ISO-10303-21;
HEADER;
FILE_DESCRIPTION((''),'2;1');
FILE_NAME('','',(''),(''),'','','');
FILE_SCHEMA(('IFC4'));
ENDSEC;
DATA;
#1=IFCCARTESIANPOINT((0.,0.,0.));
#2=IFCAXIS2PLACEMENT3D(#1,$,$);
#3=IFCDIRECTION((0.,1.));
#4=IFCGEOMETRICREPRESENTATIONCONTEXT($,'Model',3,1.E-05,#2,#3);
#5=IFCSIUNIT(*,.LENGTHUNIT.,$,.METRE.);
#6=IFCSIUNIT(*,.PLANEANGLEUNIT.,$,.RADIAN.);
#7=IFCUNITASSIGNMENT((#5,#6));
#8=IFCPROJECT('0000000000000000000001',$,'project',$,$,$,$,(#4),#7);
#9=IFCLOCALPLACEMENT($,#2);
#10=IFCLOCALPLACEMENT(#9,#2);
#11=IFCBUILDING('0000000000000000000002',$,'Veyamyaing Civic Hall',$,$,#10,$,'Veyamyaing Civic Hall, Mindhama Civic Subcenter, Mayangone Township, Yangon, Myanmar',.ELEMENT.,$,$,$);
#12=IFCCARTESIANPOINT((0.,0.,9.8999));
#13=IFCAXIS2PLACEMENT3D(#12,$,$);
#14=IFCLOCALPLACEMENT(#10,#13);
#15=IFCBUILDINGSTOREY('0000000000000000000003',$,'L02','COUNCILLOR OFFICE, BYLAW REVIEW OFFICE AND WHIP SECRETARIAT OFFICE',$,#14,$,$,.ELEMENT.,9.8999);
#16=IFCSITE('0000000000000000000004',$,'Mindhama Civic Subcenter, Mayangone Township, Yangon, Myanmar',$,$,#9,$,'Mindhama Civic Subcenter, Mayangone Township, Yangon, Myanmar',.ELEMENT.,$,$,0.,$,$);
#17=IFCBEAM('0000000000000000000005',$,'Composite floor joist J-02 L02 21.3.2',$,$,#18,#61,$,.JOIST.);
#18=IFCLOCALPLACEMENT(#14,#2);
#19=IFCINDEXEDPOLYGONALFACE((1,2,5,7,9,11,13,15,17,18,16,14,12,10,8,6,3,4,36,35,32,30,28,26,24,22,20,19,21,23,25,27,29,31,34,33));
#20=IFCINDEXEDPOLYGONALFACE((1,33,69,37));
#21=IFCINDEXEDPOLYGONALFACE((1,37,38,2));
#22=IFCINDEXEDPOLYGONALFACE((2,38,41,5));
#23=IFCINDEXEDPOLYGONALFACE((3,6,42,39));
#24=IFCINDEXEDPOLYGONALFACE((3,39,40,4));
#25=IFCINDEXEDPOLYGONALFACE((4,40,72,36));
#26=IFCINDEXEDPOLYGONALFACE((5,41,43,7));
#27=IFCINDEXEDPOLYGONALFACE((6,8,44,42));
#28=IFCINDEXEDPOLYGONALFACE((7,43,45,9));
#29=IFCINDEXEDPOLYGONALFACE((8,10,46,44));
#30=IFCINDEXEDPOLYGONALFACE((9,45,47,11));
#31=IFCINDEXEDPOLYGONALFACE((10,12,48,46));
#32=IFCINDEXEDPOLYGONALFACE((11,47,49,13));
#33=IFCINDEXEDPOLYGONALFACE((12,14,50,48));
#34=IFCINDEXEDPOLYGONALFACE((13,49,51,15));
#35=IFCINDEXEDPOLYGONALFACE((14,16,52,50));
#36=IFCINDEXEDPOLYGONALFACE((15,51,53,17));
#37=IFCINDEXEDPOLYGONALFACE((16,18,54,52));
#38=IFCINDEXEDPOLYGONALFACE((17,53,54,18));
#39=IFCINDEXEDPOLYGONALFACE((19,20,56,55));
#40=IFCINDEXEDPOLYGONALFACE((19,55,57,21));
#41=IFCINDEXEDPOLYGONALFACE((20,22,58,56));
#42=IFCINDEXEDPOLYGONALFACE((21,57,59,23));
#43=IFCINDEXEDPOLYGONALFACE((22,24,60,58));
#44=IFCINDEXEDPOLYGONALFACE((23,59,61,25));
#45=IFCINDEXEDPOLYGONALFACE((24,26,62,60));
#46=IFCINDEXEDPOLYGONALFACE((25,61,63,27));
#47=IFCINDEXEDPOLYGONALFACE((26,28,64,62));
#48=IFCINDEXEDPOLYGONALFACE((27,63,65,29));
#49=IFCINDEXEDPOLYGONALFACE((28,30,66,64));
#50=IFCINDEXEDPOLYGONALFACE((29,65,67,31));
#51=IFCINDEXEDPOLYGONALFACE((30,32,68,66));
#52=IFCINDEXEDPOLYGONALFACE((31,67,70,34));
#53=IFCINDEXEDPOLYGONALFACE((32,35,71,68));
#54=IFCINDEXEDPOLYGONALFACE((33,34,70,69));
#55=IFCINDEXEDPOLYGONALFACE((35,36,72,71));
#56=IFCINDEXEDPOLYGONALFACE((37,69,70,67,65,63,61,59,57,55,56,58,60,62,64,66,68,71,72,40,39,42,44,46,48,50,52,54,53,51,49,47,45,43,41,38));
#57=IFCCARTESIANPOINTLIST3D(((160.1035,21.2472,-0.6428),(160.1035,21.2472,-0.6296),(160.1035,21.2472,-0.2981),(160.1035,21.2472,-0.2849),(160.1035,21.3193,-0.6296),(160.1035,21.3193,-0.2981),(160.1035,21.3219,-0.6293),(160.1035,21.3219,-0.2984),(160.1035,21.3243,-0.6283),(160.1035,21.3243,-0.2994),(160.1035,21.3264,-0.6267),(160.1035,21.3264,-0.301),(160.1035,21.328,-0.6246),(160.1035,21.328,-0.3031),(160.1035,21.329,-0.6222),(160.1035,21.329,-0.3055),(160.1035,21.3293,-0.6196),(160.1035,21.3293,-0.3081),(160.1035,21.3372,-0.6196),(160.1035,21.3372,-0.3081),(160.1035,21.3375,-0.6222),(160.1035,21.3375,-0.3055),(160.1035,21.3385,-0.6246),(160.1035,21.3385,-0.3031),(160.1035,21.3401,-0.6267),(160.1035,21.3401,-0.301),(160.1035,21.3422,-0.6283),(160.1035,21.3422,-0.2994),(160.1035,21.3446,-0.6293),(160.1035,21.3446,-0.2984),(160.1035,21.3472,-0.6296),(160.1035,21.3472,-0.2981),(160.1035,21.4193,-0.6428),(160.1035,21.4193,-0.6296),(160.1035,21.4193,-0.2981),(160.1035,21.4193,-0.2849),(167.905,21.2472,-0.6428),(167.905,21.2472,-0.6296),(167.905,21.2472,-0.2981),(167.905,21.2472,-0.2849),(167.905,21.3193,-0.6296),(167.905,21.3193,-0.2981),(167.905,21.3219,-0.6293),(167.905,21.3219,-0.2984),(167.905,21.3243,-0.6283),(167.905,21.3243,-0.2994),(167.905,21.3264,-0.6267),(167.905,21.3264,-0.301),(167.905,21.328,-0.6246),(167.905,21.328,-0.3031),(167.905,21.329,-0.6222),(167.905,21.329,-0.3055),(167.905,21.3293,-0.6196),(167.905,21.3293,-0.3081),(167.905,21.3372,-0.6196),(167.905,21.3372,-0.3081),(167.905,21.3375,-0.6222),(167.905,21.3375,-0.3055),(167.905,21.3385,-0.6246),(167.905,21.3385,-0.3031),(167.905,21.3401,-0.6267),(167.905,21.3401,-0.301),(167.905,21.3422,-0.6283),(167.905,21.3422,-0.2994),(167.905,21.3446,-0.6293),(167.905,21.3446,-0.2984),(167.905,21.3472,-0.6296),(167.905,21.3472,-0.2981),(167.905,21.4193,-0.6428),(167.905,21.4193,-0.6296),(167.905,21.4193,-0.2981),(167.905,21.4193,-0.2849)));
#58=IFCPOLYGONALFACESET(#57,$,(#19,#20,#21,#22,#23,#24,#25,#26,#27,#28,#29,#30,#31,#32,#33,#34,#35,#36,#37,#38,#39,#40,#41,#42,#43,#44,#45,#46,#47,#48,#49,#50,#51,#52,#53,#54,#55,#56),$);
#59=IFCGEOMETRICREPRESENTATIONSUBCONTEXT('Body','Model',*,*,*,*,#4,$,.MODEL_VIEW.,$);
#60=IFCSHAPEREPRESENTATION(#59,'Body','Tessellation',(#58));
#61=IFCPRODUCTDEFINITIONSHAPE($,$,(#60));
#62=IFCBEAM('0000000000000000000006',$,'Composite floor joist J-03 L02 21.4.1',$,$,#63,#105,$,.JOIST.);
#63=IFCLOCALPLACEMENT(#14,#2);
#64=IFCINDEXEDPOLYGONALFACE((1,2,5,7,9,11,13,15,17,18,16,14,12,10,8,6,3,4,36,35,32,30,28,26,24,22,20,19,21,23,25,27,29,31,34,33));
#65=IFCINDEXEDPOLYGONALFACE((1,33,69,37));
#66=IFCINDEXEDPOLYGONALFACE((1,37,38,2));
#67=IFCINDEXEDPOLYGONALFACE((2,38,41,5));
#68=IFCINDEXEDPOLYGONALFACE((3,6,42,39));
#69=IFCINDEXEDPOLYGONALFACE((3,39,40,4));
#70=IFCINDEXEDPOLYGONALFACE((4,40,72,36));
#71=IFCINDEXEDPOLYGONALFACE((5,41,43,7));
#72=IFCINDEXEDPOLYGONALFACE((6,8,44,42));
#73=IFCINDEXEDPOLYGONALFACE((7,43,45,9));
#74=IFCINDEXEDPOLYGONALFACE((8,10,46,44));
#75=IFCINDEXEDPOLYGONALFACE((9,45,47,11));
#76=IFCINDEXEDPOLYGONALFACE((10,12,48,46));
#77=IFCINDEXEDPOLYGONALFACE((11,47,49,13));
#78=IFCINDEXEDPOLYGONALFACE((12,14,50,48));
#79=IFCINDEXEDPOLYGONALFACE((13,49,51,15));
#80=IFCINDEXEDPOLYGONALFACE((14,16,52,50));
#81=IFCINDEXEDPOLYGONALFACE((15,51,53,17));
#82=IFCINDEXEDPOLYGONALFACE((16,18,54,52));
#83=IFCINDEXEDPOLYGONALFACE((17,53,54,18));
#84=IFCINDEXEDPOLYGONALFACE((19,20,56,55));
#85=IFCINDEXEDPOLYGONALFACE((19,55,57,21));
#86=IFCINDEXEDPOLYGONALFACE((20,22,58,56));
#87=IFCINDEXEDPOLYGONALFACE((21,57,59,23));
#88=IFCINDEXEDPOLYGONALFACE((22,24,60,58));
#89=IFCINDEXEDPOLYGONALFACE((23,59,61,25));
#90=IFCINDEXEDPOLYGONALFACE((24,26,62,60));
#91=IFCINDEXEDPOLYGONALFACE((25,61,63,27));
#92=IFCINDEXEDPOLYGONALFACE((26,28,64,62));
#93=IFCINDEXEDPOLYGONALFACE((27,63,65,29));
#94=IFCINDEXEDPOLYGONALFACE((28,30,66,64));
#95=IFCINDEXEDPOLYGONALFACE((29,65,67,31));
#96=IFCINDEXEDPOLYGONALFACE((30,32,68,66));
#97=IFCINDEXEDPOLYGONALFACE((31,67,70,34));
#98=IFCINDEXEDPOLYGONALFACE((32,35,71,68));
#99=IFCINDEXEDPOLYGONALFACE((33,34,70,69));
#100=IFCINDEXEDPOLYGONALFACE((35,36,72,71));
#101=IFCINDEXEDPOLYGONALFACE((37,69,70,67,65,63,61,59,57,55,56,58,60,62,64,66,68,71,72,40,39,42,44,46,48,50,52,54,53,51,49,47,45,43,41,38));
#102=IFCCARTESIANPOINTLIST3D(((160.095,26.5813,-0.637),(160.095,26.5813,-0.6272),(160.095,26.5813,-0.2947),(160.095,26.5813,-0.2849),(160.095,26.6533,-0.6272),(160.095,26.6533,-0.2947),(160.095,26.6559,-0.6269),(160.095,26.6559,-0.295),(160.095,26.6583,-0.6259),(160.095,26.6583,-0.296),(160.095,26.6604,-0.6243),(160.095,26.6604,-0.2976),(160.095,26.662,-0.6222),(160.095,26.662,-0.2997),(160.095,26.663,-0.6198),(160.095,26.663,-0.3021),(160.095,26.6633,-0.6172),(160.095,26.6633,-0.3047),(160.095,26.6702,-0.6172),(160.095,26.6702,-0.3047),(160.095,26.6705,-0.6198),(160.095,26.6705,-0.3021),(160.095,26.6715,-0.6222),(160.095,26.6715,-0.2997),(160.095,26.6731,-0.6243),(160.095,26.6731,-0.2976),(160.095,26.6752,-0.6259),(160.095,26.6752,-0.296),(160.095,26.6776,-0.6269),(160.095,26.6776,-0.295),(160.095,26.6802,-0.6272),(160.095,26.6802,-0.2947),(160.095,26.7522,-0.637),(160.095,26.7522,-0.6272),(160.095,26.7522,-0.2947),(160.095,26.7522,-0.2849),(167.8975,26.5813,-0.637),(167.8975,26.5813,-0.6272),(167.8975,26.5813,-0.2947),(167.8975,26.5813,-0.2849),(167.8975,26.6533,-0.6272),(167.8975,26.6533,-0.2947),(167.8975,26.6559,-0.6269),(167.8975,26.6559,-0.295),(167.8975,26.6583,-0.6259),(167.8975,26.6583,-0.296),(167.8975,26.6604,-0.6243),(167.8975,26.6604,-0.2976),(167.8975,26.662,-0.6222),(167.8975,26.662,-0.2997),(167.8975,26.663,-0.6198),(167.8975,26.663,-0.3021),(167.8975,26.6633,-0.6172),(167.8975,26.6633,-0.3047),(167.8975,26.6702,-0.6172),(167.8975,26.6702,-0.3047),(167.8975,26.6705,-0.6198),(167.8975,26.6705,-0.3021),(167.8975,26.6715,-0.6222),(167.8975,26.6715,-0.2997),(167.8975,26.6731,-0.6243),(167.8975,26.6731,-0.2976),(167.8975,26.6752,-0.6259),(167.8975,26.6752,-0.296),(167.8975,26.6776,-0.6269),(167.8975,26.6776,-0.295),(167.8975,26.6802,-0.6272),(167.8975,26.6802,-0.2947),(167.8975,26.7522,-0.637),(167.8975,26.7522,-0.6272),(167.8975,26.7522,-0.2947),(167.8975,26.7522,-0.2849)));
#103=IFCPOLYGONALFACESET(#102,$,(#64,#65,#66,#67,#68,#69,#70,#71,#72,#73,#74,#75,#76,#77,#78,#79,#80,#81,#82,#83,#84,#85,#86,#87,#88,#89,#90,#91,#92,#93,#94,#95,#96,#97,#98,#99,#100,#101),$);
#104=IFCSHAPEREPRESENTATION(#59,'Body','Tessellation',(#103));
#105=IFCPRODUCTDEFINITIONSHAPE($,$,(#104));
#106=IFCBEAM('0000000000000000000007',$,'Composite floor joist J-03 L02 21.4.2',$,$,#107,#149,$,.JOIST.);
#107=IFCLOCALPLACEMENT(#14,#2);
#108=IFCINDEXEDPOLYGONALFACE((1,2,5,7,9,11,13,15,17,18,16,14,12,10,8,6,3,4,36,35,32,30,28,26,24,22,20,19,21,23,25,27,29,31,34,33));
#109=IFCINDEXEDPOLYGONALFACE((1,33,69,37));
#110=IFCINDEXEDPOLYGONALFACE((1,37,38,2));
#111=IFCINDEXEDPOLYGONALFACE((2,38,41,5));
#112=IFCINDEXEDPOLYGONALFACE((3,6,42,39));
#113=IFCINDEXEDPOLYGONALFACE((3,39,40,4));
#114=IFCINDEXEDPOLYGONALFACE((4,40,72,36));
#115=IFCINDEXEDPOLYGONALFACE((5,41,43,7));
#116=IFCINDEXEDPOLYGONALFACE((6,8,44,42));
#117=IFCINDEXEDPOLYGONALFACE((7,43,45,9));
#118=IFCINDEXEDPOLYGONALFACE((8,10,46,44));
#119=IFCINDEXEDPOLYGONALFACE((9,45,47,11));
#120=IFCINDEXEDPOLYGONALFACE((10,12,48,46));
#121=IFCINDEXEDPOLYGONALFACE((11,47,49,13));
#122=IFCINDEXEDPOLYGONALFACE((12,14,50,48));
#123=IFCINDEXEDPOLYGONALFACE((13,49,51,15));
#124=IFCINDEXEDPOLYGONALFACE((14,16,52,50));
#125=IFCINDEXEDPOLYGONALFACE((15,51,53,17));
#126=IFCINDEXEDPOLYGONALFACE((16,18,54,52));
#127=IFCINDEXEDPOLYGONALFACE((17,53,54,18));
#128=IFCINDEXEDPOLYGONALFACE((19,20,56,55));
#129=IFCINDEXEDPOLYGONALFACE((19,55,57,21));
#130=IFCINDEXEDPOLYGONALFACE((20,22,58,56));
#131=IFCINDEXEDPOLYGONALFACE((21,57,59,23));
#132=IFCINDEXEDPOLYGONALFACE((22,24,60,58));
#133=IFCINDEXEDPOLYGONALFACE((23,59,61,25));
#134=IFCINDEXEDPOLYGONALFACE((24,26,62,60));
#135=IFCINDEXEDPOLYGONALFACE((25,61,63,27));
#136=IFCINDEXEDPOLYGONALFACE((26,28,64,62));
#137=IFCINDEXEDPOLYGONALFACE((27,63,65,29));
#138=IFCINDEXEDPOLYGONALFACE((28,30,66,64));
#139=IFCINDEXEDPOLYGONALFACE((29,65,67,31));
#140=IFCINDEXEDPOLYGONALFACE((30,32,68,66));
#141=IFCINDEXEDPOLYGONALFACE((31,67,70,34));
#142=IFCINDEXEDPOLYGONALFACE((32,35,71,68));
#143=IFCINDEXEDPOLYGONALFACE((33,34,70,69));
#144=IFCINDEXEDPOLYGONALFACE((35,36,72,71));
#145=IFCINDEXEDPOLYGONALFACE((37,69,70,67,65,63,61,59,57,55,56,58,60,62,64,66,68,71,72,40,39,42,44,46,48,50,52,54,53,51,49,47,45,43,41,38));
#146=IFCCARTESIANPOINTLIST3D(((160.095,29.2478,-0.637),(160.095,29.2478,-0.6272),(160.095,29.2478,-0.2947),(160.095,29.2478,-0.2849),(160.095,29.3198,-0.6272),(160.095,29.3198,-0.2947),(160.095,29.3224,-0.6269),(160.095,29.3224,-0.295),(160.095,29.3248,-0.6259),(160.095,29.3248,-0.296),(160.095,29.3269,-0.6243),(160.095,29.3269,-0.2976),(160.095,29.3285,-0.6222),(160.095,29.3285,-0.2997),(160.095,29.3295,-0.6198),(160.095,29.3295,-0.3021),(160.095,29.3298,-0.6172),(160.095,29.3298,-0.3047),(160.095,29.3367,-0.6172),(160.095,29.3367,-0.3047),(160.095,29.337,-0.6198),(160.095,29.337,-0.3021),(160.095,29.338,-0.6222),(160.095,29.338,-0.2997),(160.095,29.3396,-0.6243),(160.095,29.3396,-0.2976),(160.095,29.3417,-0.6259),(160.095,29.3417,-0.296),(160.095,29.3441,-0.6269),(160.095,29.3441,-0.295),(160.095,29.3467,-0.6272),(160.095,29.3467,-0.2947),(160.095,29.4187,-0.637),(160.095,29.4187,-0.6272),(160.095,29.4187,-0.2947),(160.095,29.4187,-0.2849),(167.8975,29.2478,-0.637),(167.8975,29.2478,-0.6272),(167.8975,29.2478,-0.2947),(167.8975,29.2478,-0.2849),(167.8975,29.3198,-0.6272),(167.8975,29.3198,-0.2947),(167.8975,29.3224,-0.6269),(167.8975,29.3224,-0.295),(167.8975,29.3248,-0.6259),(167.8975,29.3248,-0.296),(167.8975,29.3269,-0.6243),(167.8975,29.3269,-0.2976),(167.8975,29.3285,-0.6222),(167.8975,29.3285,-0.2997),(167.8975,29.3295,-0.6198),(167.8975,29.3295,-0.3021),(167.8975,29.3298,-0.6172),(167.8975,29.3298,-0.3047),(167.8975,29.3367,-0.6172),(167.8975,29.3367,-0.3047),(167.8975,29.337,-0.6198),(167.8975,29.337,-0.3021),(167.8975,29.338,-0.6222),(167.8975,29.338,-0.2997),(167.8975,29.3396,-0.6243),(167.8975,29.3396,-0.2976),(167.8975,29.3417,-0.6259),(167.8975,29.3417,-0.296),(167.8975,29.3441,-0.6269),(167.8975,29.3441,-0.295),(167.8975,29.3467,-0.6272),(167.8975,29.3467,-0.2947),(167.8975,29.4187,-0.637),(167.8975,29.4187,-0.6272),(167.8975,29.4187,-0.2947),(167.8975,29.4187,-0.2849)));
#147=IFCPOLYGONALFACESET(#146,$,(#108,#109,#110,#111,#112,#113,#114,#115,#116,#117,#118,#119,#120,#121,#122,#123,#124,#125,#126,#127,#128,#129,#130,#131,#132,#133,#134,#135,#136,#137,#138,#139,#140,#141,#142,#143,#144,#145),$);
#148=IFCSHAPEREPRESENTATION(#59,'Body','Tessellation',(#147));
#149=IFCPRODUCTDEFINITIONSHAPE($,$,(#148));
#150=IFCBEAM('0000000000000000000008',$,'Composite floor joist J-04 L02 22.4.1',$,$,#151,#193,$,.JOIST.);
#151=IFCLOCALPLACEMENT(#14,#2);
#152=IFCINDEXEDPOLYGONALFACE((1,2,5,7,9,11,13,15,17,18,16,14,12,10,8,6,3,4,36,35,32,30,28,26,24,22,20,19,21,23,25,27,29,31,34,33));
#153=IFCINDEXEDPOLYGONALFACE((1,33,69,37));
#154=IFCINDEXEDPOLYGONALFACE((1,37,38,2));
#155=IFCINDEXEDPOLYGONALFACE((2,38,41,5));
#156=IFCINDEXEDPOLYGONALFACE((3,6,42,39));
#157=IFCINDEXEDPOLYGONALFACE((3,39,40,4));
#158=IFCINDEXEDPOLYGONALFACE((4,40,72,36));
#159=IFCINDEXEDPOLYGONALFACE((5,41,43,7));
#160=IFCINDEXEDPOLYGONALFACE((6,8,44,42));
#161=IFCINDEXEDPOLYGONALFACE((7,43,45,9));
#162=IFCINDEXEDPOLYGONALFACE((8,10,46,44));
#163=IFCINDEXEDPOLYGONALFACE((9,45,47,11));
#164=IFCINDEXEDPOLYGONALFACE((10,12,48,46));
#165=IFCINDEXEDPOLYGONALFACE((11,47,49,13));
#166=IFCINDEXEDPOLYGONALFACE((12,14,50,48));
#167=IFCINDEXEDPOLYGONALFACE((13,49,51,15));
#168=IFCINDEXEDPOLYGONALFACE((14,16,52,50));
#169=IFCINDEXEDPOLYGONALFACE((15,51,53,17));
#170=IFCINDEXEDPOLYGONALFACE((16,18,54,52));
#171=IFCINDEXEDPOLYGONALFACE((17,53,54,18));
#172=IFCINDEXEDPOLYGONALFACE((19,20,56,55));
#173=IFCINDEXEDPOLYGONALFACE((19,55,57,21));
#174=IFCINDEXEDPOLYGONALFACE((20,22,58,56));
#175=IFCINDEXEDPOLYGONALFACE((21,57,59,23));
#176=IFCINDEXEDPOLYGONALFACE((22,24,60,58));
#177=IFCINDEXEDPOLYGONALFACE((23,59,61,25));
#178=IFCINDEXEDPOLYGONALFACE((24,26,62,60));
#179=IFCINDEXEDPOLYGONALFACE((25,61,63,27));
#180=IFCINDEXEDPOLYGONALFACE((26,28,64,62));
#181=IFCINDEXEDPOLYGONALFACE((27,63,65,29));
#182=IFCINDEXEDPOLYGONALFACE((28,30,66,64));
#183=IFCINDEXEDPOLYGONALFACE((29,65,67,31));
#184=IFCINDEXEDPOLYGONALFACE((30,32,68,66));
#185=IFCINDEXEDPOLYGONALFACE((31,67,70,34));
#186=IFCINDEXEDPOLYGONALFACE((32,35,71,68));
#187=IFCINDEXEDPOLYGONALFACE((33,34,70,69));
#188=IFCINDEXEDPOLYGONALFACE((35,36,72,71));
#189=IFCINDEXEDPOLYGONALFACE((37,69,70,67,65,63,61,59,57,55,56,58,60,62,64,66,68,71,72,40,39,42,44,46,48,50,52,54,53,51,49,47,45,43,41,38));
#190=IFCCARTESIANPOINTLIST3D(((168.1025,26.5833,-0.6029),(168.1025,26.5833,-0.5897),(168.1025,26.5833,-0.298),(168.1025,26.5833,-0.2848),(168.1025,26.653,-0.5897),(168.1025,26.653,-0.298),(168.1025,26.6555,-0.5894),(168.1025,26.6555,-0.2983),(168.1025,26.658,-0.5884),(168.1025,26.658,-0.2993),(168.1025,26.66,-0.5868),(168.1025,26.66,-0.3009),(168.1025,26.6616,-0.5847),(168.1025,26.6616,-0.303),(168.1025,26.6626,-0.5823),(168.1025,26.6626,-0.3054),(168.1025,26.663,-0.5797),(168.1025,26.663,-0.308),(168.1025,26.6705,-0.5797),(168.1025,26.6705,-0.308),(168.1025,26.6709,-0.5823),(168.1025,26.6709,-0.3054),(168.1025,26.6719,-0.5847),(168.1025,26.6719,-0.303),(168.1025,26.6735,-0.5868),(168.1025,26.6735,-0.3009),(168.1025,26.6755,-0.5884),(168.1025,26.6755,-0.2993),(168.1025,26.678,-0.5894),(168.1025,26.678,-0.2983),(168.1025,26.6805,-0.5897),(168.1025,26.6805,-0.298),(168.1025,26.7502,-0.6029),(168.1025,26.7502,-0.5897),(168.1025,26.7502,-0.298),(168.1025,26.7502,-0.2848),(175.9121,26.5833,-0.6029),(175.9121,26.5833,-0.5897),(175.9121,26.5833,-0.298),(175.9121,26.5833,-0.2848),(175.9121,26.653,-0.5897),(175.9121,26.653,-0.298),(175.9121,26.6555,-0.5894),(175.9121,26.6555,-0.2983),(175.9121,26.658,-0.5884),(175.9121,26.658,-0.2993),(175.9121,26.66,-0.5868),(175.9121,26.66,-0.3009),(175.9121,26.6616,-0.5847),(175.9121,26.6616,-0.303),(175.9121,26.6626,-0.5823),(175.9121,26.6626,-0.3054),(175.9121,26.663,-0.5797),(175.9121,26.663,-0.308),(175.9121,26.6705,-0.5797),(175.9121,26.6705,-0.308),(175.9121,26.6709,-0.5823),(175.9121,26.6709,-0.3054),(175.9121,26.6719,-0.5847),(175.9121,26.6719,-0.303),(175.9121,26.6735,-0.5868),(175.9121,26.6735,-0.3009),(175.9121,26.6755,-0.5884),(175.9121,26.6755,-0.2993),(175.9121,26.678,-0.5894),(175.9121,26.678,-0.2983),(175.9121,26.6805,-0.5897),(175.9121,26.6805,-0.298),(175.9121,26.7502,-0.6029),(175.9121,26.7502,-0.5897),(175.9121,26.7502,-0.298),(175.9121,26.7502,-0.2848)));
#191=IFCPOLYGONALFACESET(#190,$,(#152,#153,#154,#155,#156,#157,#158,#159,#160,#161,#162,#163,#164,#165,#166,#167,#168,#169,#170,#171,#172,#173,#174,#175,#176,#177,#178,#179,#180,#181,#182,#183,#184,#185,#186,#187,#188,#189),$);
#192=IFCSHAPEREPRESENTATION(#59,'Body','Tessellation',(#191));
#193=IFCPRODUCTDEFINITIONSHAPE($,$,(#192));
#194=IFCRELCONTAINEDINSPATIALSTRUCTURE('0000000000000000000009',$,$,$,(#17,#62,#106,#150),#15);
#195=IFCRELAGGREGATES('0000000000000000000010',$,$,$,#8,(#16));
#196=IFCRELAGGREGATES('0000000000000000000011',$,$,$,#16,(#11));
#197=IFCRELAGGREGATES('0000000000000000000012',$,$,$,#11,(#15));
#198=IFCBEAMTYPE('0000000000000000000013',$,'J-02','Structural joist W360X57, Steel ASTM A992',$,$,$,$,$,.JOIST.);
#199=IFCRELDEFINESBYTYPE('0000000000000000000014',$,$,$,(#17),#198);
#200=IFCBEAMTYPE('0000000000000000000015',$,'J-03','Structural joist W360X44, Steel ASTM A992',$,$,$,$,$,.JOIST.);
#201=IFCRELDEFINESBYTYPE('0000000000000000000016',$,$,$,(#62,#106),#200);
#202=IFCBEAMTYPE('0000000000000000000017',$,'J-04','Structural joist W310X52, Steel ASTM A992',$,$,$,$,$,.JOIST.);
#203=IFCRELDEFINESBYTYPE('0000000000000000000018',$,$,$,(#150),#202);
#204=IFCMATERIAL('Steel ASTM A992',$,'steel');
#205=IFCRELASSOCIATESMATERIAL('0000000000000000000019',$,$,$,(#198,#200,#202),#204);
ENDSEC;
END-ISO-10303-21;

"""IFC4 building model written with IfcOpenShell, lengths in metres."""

from ifc_helpers import new_model, si_unit, direction, frame, origin, origin_2d, place, context, subcontext, project, spatial, i_section, extrude, material, material_profile, profile_set, type_object, element, save


model = new_model("IFC4")

# Units and contexts
model_context = context("Model", 3, precision=1e-05, world=origin(), true_north=direction((0.0, 1.0)))
body_context = subcontext(model_context, "Body", "Model", "MODEL_VIEW")
ifc_project = project(units=[si_unit("LENGTHUNIT", "METRE"), si_unit("PLANEANGLEUNIT", "RADIAN")], contexts=[model_context])

# Site, building, storey
site_placement = place(None, origin())
site = spatial("IfcSite", under=ifc_project, at=site_placement, Name="Mindhama Civic Subcenter, Mayangone Township, Yangon, Myanmar", LongName="Mindhama Civic Subcenter, Mayangone Township, Yangon, Myanmar", CompositionType="ELEMENT", RefElevation=0.0)
building_placement = place(site_placement, origin())
building = spatial("IfcBuilding", under=site, at=building_placement, Name="Veyamyaing Civic Hall", LongName="Veyamyaing Civic Hall, Mindhama Civic Subcenter, Mayangone Township, Yangon, Myanmar", CompositionType="ELEMENT")
storey_placement = place(building_placement, frame((0.0, 0.0, 9.8999)))
storey = spatial("IfcBuildingStorey", under=building, at=storey_placement, Name="L02", Description="COUNCILLOR OFFICE, BYLAW REVIEW OFFICE AND WHIP SECRETARIAT OFFICE", CompositionType="ELEMENT", Elevation=9.8999)

# Beams
ifc_material_1 = material(Name="Steel ASTM A992", Category="steel")
ifc_material_profile_1 = material_profile(ifc_material_1, i_section(OverallWidth=0.1721, OverallDepth=0.3579, WebThickness=0.0078, FlangeThickness=0.0132, FilletRadius=0.01, at=origin_2d()), Name="W360X57")
ifc_profile_set_1 = profile_set([ifc_material_profile_1], Name="Steel ASTM A992")
beam_type_1 = type_object("IfcBeamType", Name="J-02", Description="Structural joist W360X57, Steel ASTM A992", PredefinedType="JOIST", material=ifc_profile_set_1)
for number, where, z_axis, x_axis, name in (
    (1, (160.1035, 21.3333, -0.4639), (1.0, 0.0, 0.0), (0.0, 1.0, 0.0), "Composite floor joist J-02 L02 21.3.2"),
):
    element("IfcBeam", number, at=place(storey_placement, frame(where, z_axis=z_axis, x_axis=x_axis)), inside=storey, type_object=beam_type_1, Name=name, PredefinedType="JOIST", context=body_context, shape_type="SweptSolid", body=[
        extrude(i_section(OverallWidth=0.1721, OverallDepth=0.3579, WebThickness=0.0078, FlangeThickness=0.0132, FilletRadius=0.01, at=origin_2d()), origin(), (0.0, 0.0, 1.0), 7.8015),
    ])
ifc_material_profile_2 = material_profile(ifc_material_1, i_section(OverallWidth=0.1709, OverallDepth=0.3521, WebThickness=0.0068, FlangeThickness=0.0098, FilletRadius=0.01, at=origin_2d()), Name="W360X44")
ifc_profile_set_2 = profile_set([ifc_material_profile_2], Name="Steel ASTM A992")
beam_type_2 = type_object("IfcBeamType", Name="J-03", Description="Structural joist W360X44, Steel ASTM A992", PredefinedType="JOIST", material=ifc_profile_set_2)
for number, where, z_axis, x_axis, name in (
    (2, (160.095, 26.6667, -0.4609), (1.0, 0.0, 0.0), (0.0, 1.0, 0.0), "Composite floor joist J-03 L02 21.4.1"),
    (3, (160.095, 29.3333, -0.4609), (1.0, 0.0, 0.0), (0.0, 1.0, 0.0), "Composite floor joist J-03 L02 21.4.2"),
):
    element("IfcBeam", number, at=place(storey_placement, frame(where, z_axis=z_axis, x_axis=x_axis)), inside=storey, type_object=beam_type_2, Name=name, PredefinedType="JOIST", context=body_context, shape_type="SweptSolid", body=[
        extrude(i_section(OverallWidth=0.1709, OverallDepth=0.3521, WebThickness=0.0068, FlangeThickness=0.0098, FilletRadius=0.01, at=origin_2d()), origin(), (0.0, 0.0, 1.0), 7.8025),
    ])
ifc_material_profile_3 = material_profile(ifc_material_1, i_section(OverallWidth=0.167, OverallDepth=0.3181, WebThickness=0.0076, FlangeThickness=0.0132, FilletRadius=0.01, at=origin_2d()), Name="W310X52")
ifc_profile_set_3 = profile_set([ifc_material_profile_3], Name="Steel ASTM A992")
beam_type_3 = type_object("IfcBeamType", Name="J-04", Description="Structural joist W310X52, Steel ASTM A992", PredefinedType="JOIST", material=ifc_profile_set_3)
for number, where, z_axis, x_axis, name in (
    (4, (168.1025, 26.6667, -0.4438), (1.0, 0.0, 0.0), (0.0, 1.0, 0.0), "Composite floor joist J-04 L02 22.4.1"),
):
    element("IfcBeam", number, at=place(storey_placement, frame(where, z_axis=z_axis, x_axis=x_axis)), inside=storey, type_object=beam_type_3, Name=name, PredefinedType="JOIST", context=body_context, shape_type="SweptSolid", body=[
        extrude(i_section(OverallWidth=0.167, OverallDepth=0.3181, WebThickness=0.0076, FlangeThickness=0.0132, FilletRadius=0.01, at=origin_2d()), origin(), (0.0, 0.0, 1.0), 7.8096),
    ])

save(model, "model.ifc")
